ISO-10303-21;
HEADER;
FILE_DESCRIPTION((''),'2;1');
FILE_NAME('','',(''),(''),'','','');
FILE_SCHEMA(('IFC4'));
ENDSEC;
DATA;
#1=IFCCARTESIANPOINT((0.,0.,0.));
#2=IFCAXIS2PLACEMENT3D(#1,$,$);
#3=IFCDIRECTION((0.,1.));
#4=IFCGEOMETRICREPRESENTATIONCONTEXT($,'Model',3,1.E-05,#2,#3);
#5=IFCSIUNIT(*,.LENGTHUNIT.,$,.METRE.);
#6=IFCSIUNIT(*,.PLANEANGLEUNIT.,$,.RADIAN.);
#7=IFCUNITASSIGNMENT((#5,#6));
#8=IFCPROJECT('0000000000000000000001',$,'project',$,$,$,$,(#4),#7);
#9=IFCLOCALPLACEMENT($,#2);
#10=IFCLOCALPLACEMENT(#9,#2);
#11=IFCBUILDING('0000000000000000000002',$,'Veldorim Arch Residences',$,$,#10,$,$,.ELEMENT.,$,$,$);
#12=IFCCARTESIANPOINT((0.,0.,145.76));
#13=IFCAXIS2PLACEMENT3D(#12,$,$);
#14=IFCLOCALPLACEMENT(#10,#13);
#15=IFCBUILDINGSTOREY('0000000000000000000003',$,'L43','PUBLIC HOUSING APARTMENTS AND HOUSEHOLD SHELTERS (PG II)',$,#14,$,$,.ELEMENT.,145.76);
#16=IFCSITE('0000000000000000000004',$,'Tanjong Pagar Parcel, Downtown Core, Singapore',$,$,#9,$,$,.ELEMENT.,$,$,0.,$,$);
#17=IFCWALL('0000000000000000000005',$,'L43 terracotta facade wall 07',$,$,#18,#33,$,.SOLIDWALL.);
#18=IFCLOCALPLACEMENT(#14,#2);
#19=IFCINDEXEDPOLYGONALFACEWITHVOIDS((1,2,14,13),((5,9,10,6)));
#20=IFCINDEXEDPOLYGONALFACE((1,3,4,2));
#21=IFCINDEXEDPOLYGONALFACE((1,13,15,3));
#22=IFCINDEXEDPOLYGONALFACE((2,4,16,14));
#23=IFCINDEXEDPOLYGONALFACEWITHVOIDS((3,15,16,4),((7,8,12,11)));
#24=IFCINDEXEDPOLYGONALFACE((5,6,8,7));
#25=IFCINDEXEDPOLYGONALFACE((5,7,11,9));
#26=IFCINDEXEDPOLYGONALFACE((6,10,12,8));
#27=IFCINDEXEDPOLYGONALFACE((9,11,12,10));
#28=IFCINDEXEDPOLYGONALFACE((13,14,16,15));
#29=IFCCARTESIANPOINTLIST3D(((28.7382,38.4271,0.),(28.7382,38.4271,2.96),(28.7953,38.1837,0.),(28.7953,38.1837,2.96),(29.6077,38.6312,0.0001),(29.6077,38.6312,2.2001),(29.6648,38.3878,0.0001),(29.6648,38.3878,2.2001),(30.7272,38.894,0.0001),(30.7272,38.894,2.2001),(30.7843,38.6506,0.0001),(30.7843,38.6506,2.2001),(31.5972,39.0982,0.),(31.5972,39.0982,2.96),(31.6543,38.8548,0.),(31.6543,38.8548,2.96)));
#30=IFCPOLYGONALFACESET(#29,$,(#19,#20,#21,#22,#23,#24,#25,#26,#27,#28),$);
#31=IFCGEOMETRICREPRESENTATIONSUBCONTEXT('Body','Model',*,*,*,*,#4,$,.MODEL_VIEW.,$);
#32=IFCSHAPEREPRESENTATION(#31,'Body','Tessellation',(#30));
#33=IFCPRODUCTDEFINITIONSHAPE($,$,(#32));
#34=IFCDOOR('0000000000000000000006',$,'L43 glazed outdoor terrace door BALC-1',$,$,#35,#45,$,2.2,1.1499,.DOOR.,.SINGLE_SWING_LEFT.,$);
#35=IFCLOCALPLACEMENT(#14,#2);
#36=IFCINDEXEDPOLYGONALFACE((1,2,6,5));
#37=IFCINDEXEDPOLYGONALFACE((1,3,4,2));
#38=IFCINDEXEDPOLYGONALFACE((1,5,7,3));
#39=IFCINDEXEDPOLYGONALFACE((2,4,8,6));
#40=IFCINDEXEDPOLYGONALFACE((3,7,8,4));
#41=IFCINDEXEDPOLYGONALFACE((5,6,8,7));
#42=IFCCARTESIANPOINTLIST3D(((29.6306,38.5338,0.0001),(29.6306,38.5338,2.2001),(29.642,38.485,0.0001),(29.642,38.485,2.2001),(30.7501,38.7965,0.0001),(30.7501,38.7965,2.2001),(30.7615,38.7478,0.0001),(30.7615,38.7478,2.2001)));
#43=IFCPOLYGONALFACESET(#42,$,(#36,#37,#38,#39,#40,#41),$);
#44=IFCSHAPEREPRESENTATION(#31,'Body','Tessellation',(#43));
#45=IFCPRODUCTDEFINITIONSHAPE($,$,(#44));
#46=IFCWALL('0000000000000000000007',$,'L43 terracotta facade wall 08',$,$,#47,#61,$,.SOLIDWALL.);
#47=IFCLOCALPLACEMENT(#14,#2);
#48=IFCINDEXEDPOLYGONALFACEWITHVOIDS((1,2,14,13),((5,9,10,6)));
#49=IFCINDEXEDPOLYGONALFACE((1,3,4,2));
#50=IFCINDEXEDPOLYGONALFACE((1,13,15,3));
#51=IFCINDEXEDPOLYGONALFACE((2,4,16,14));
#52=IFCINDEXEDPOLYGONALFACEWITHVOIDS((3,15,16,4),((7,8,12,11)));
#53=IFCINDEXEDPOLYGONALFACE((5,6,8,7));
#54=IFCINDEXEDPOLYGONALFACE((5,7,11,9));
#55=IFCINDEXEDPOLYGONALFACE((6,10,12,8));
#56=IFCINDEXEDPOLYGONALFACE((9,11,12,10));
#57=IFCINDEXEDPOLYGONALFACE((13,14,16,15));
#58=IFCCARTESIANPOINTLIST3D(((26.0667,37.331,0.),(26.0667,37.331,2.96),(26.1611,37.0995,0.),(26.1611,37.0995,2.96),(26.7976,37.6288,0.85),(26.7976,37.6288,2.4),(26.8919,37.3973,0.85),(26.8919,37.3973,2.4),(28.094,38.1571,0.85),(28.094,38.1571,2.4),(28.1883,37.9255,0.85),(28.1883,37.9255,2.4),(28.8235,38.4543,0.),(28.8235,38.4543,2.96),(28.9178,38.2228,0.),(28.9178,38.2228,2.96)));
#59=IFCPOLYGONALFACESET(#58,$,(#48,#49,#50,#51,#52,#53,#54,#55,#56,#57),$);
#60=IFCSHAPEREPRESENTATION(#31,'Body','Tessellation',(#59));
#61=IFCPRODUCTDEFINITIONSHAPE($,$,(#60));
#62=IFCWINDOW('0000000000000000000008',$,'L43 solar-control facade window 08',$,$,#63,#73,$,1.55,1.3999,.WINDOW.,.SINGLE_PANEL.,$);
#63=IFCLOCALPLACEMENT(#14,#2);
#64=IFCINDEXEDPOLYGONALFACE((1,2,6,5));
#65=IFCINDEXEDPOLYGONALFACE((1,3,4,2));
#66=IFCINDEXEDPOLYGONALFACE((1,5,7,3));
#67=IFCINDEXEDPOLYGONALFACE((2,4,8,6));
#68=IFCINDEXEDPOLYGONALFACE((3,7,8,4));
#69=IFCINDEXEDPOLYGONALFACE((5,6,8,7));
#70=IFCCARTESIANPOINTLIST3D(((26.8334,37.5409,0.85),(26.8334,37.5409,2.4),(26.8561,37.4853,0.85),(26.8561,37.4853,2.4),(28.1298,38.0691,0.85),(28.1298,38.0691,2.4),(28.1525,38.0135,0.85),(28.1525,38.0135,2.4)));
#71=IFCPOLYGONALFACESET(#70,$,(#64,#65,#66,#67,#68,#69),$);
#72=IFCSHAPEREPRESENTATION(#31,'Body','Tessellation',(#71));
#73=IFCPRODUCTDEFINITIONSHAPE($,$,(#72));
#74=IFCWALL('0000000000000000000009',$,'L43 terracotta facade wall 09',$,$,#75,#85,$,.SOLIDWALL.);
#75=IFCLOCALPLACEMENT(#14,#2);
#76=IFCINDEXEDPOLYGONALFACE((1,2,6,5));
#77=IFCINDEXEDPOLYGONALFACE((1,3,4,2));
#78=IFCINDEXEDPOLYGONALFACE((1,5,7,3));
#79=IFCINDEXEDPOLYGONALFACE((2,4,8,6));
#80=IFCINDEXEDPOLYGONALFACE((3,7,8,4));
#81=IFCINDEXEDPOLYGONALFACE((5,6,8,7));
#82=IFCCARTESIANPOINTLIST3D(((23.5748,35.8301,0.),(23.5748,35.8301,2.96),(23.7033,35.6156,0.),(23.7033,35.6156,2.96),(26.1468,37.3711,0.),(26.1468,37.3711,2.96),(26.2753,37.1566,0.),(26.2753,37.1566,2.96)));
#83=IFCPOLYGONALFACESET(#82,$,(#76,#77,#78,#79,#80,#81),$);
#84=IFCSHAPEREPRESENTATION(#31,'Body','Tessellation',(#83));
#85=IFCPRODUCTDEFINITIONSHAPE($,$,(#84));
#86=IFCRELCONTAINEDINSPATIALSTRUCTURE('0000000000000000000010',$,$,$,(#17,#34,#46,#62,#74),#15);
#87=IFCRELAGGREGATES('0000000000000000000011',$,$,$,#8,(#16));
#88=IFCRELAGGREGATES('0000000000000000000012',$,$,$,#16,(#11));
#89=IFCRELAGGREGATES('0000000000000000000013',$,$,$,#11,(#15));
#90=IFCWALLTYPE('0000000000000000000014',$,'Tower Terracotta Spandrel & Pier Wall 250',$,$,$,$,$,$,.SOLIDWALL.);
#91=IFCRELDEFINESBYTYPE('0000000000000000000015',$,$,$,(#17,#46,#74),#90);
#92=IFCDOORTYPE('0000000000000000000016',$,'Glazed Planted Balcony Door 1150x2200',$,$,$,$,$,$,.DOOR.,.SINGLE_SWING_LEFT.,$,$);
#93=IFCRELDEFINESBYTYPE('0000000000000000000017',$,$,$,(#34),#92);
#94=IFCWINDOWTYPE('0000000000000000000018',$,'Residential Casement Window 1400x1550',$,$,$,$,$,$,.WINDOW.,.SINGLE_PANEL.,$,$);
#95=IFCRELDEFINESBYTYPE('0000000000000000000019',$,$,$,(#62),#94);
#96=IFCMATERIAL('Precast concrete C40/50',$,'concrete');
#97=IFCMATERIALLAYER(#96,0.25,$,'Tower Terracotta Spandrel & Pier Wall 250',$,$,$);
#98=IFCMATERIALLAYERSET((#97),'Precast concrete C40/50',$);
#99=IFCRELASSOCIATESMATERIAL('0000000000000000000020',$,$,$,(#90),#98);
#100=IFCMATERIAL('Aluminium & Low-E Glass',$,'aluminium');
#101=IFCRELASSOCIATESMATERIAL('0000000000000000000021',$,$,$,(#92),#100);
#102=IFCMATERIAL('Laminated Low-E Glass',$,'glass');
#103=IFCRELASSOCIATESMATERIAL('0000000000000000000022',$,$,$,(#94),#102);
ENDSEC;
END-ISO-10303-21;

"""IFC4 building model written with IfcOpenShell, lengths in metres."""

from ifc_helpers import new_model, si_unit, direction, frame, frame_2d, origin, place, context, subcontext, project, spatial, rectangle, extrude, material, layer, layer_set, type_object, element, fill, save


model = new_model("IFC4")

# Units and contexts
model_context = context("Model", 3, precision=1e-05, world=origin(), true_north=direction((0.0, 1.0)))
body_context = subcontext(model_context, "Body", "Model", "MODEL_VIEW")
ifc_project = project(units=[si_unit("LENGTHUNIT", "METRE"), si_unit("PLANEANGLEUNIT", "RADIAN")], contexts=[model_context])

# Site, building, storey
site_placement = place(None, origin())
site = spatial("IfcSite", under=ifc_project, at=site_placement, Name="Tanjong Pagar Parcel, Downtown Core, Singapore", CompositionType="ELEMENT", RefElevation=0.0)
building_placement = place(site_placement, origin())
building = spatial("IfcBuilding", under=site, at=building_placement, Name="Veldorim Arch Residences", CompositionType="ELEMENT")
storey_placement = place(building_placement, frame((0.0, 0.0, 145.76)))
storey = spatial("IfcBuildingStorey", under=building, at=storey_placement, Name="L43", Description="PUBLIC HOUSING APARTMENTS AND HOUSEHOLD SHELTERS (PG II)", CompositionType="ELEMENT", Elevation=145.76)

# Wall, opening, door
ifc_material_1 = material(Name="Precast concrete C40/50", Category="concrete")
ifc_layer_1 = layer(ifc_material_1, 0.25, Name="Tower Terracotta Spandrel & Pier Wall 250")
ifc_layer_set_1 = layer_set([ifc_layer_1], Name="Precast concrete C40/50")
wall_type_1 = type_object("IfcWallType", Name="Tower Terracotta Spandrel & Pier Wall 250", PredefinedType="SOLIDWALL", material=ifc_layer_set_1)
wall_1_placement = place(storey_placement, frame((28.7668, 38.3054, 0.0), z_axis=(0.0, 0.0, 1.0), x_axis=(0.973538, 0.228525, 0.0)))
wall_1 = element("IfcWall", 1, at=wall_1_placement, inside=storey, type_object=wall_type_1, Name="L43 terracotta facade wall 07", PredefinedType="SOLIDWALL", context=body_context, shape_type="SweptSolid", body=[
    extrude(rectangle(XDim=2.9368, YDim=0.25, at=frame_2d((1.4683, 0.0))), origin(), (0.0, 0.0, 1.0), 2.96),
])
opening_1_placement = place(wall_1_placement, frame((0.8931, 0.0, 0.0)))
opening_1 = element("IfcOpeningElement", 2, at=opening_1_placement, cuts=wall_1, PredefinedType="OPENING", context=body_context, shape_type="SweptSolid", body=[
    extrude(rectangle(XDim=1.1499, YDim=2.2, at=frame_2d((0.575, 1.1001))), frame((0.0, 0.135, 0.0), z_axis=(0.0, -1.0, 0.0), x_axis=(1.0, 0.0, 0.0)), (0.0, 0.0, 1.0), 0.27),
])
ifc_material_2 = material(Name="Aluminium & Low-E Glass", Category="aluminium")
door_type = type_object("IfcDoorType", Name="Glazed Planted Balcony Door 1150x2200", OperationType="SINGLE_SWING_LEFT", PredefinedType="DOOR", material=ifc_material_2)
door_placement = place(opening_1_placement, origin())
door = element("IfcDoor", 3, at=door_placement, inside=storey, type_object=door_type, Name="L43 glazed outdoor terrace door BALC-1", OperationType="SINGLE_SWING_LEFT", OverallHeight=2.2, OverallWidth=1.1499, PredefinedType="DOOR", context=body_context, shape_type="SweptSolid", body=[
    extrude(rectangle(XDim=1.1499, YDim=2.2, at=frame_2d((0.575, 1.1001))), frame((0.0, 0.0249, 0.0), z_axis=(0.0, -1.0, 0.0), x_axis=(1.0, 0.0, 0.0)), (0.0, 0.0, 1.0), 0.05),
])
fill(opening_1, door)

# Wall, opening, window
wall_2_placement = place(storey_placement, frame((26.114, 37.2153, 0.0), z_axis=(0.0, 0.0, 1.0), x_axis=(0.926076, 0.377336, 0.0)))
wall_2 = element("IfcWall", 4, at=wall_2_placement, inside=storey, type_object=wall_type_1, Name="L43 terracotta facade wall 08", PredefinedType="SOLIDWALL", context=body_context, shape_type="SweptSolid", body=[
    extrude(rectangle(XDim=2.9768, YDim=0.25, at=frame_2d((1.4883, 0.0))), origin(), (0.0, 0.0, 1.0), 2.96),
])
opening_2_placement = place(wall_2_placement, frame((0.7891, 0.0, 0.8501)))
opening_2 = element("IfcOpeningElement", 5, at=opening_2_placement, cuts=wall_2, PredefinedType="OPENING", context=body_context, shape_type="SweptSolid", body=[
    extrude(rectangle(XDim=1.3999, YDim=1.55, at=frame_2d((0.7, 0.7749))), frame((0.0, 0.135, 0.0), z_axis=(0.0, -1.0, 0.0), x_axis=(1.0, 0.0, 0.0)), (0.0, 0.0, 1.0), 0.27),
])
ifc_material_3 = material(Name="Laminated Low-E Glass", Category="glass")
window_type = type_object("IfcWindowType", Name="Residential Casement Window 1400x1550", PartitioningType="SINGLE_PANEL", PredefinedType="WINDOW", material=ifc_material_3)
window_placement = place(opening_2_placement, origin())
window = element("IfcWindow", 6, at=window_placement, inside=storey, type_object=window_type, Name="L43 solar-control facade window 08", OverallHeight=1.55, OverallWidth=1.3999, PartitioningType="SINGLE_PANEL", PredefinedType="WINDOW", context=body_context, shape_type="SweptSolid", body=[
    extrude(rectangle(XDim=1.3999, YDim=1.55, at=frame_2d((0.7, 0.7749))), frame((0.0, 0.03, 0.0), z_axis=(0.0, -1.0, 0.0), x_axis=(1.0, 0.0, 0.0)), (0.0, 0.0, 1.0), 0.0601),
])
fill(opening_2, window)

# Wall
wall_3_placement = place(storey_placement, frame((23.6392, 35.7229, 0.0), z_axis=(0.0, 0.0, 1.0), x_axis=(0.857816, 0.513957, 0.0)))
element("IfcWall", 7, at=wall_3_placement, inside=storey, type_object=wall_type_1, Name="L43 terracotta facade wall 09", PredefinedType="SOLIDWALL", context=body_context, shape_type="SweptSolid", body=[
    extrude(rectangle(XDim=2.9983, YDim=0.25, at=frame_2d((1.499, 0.0))), origin(), (0.0, 0.0, 1.0), 2.96),
])

save(model, "model.ifc")
